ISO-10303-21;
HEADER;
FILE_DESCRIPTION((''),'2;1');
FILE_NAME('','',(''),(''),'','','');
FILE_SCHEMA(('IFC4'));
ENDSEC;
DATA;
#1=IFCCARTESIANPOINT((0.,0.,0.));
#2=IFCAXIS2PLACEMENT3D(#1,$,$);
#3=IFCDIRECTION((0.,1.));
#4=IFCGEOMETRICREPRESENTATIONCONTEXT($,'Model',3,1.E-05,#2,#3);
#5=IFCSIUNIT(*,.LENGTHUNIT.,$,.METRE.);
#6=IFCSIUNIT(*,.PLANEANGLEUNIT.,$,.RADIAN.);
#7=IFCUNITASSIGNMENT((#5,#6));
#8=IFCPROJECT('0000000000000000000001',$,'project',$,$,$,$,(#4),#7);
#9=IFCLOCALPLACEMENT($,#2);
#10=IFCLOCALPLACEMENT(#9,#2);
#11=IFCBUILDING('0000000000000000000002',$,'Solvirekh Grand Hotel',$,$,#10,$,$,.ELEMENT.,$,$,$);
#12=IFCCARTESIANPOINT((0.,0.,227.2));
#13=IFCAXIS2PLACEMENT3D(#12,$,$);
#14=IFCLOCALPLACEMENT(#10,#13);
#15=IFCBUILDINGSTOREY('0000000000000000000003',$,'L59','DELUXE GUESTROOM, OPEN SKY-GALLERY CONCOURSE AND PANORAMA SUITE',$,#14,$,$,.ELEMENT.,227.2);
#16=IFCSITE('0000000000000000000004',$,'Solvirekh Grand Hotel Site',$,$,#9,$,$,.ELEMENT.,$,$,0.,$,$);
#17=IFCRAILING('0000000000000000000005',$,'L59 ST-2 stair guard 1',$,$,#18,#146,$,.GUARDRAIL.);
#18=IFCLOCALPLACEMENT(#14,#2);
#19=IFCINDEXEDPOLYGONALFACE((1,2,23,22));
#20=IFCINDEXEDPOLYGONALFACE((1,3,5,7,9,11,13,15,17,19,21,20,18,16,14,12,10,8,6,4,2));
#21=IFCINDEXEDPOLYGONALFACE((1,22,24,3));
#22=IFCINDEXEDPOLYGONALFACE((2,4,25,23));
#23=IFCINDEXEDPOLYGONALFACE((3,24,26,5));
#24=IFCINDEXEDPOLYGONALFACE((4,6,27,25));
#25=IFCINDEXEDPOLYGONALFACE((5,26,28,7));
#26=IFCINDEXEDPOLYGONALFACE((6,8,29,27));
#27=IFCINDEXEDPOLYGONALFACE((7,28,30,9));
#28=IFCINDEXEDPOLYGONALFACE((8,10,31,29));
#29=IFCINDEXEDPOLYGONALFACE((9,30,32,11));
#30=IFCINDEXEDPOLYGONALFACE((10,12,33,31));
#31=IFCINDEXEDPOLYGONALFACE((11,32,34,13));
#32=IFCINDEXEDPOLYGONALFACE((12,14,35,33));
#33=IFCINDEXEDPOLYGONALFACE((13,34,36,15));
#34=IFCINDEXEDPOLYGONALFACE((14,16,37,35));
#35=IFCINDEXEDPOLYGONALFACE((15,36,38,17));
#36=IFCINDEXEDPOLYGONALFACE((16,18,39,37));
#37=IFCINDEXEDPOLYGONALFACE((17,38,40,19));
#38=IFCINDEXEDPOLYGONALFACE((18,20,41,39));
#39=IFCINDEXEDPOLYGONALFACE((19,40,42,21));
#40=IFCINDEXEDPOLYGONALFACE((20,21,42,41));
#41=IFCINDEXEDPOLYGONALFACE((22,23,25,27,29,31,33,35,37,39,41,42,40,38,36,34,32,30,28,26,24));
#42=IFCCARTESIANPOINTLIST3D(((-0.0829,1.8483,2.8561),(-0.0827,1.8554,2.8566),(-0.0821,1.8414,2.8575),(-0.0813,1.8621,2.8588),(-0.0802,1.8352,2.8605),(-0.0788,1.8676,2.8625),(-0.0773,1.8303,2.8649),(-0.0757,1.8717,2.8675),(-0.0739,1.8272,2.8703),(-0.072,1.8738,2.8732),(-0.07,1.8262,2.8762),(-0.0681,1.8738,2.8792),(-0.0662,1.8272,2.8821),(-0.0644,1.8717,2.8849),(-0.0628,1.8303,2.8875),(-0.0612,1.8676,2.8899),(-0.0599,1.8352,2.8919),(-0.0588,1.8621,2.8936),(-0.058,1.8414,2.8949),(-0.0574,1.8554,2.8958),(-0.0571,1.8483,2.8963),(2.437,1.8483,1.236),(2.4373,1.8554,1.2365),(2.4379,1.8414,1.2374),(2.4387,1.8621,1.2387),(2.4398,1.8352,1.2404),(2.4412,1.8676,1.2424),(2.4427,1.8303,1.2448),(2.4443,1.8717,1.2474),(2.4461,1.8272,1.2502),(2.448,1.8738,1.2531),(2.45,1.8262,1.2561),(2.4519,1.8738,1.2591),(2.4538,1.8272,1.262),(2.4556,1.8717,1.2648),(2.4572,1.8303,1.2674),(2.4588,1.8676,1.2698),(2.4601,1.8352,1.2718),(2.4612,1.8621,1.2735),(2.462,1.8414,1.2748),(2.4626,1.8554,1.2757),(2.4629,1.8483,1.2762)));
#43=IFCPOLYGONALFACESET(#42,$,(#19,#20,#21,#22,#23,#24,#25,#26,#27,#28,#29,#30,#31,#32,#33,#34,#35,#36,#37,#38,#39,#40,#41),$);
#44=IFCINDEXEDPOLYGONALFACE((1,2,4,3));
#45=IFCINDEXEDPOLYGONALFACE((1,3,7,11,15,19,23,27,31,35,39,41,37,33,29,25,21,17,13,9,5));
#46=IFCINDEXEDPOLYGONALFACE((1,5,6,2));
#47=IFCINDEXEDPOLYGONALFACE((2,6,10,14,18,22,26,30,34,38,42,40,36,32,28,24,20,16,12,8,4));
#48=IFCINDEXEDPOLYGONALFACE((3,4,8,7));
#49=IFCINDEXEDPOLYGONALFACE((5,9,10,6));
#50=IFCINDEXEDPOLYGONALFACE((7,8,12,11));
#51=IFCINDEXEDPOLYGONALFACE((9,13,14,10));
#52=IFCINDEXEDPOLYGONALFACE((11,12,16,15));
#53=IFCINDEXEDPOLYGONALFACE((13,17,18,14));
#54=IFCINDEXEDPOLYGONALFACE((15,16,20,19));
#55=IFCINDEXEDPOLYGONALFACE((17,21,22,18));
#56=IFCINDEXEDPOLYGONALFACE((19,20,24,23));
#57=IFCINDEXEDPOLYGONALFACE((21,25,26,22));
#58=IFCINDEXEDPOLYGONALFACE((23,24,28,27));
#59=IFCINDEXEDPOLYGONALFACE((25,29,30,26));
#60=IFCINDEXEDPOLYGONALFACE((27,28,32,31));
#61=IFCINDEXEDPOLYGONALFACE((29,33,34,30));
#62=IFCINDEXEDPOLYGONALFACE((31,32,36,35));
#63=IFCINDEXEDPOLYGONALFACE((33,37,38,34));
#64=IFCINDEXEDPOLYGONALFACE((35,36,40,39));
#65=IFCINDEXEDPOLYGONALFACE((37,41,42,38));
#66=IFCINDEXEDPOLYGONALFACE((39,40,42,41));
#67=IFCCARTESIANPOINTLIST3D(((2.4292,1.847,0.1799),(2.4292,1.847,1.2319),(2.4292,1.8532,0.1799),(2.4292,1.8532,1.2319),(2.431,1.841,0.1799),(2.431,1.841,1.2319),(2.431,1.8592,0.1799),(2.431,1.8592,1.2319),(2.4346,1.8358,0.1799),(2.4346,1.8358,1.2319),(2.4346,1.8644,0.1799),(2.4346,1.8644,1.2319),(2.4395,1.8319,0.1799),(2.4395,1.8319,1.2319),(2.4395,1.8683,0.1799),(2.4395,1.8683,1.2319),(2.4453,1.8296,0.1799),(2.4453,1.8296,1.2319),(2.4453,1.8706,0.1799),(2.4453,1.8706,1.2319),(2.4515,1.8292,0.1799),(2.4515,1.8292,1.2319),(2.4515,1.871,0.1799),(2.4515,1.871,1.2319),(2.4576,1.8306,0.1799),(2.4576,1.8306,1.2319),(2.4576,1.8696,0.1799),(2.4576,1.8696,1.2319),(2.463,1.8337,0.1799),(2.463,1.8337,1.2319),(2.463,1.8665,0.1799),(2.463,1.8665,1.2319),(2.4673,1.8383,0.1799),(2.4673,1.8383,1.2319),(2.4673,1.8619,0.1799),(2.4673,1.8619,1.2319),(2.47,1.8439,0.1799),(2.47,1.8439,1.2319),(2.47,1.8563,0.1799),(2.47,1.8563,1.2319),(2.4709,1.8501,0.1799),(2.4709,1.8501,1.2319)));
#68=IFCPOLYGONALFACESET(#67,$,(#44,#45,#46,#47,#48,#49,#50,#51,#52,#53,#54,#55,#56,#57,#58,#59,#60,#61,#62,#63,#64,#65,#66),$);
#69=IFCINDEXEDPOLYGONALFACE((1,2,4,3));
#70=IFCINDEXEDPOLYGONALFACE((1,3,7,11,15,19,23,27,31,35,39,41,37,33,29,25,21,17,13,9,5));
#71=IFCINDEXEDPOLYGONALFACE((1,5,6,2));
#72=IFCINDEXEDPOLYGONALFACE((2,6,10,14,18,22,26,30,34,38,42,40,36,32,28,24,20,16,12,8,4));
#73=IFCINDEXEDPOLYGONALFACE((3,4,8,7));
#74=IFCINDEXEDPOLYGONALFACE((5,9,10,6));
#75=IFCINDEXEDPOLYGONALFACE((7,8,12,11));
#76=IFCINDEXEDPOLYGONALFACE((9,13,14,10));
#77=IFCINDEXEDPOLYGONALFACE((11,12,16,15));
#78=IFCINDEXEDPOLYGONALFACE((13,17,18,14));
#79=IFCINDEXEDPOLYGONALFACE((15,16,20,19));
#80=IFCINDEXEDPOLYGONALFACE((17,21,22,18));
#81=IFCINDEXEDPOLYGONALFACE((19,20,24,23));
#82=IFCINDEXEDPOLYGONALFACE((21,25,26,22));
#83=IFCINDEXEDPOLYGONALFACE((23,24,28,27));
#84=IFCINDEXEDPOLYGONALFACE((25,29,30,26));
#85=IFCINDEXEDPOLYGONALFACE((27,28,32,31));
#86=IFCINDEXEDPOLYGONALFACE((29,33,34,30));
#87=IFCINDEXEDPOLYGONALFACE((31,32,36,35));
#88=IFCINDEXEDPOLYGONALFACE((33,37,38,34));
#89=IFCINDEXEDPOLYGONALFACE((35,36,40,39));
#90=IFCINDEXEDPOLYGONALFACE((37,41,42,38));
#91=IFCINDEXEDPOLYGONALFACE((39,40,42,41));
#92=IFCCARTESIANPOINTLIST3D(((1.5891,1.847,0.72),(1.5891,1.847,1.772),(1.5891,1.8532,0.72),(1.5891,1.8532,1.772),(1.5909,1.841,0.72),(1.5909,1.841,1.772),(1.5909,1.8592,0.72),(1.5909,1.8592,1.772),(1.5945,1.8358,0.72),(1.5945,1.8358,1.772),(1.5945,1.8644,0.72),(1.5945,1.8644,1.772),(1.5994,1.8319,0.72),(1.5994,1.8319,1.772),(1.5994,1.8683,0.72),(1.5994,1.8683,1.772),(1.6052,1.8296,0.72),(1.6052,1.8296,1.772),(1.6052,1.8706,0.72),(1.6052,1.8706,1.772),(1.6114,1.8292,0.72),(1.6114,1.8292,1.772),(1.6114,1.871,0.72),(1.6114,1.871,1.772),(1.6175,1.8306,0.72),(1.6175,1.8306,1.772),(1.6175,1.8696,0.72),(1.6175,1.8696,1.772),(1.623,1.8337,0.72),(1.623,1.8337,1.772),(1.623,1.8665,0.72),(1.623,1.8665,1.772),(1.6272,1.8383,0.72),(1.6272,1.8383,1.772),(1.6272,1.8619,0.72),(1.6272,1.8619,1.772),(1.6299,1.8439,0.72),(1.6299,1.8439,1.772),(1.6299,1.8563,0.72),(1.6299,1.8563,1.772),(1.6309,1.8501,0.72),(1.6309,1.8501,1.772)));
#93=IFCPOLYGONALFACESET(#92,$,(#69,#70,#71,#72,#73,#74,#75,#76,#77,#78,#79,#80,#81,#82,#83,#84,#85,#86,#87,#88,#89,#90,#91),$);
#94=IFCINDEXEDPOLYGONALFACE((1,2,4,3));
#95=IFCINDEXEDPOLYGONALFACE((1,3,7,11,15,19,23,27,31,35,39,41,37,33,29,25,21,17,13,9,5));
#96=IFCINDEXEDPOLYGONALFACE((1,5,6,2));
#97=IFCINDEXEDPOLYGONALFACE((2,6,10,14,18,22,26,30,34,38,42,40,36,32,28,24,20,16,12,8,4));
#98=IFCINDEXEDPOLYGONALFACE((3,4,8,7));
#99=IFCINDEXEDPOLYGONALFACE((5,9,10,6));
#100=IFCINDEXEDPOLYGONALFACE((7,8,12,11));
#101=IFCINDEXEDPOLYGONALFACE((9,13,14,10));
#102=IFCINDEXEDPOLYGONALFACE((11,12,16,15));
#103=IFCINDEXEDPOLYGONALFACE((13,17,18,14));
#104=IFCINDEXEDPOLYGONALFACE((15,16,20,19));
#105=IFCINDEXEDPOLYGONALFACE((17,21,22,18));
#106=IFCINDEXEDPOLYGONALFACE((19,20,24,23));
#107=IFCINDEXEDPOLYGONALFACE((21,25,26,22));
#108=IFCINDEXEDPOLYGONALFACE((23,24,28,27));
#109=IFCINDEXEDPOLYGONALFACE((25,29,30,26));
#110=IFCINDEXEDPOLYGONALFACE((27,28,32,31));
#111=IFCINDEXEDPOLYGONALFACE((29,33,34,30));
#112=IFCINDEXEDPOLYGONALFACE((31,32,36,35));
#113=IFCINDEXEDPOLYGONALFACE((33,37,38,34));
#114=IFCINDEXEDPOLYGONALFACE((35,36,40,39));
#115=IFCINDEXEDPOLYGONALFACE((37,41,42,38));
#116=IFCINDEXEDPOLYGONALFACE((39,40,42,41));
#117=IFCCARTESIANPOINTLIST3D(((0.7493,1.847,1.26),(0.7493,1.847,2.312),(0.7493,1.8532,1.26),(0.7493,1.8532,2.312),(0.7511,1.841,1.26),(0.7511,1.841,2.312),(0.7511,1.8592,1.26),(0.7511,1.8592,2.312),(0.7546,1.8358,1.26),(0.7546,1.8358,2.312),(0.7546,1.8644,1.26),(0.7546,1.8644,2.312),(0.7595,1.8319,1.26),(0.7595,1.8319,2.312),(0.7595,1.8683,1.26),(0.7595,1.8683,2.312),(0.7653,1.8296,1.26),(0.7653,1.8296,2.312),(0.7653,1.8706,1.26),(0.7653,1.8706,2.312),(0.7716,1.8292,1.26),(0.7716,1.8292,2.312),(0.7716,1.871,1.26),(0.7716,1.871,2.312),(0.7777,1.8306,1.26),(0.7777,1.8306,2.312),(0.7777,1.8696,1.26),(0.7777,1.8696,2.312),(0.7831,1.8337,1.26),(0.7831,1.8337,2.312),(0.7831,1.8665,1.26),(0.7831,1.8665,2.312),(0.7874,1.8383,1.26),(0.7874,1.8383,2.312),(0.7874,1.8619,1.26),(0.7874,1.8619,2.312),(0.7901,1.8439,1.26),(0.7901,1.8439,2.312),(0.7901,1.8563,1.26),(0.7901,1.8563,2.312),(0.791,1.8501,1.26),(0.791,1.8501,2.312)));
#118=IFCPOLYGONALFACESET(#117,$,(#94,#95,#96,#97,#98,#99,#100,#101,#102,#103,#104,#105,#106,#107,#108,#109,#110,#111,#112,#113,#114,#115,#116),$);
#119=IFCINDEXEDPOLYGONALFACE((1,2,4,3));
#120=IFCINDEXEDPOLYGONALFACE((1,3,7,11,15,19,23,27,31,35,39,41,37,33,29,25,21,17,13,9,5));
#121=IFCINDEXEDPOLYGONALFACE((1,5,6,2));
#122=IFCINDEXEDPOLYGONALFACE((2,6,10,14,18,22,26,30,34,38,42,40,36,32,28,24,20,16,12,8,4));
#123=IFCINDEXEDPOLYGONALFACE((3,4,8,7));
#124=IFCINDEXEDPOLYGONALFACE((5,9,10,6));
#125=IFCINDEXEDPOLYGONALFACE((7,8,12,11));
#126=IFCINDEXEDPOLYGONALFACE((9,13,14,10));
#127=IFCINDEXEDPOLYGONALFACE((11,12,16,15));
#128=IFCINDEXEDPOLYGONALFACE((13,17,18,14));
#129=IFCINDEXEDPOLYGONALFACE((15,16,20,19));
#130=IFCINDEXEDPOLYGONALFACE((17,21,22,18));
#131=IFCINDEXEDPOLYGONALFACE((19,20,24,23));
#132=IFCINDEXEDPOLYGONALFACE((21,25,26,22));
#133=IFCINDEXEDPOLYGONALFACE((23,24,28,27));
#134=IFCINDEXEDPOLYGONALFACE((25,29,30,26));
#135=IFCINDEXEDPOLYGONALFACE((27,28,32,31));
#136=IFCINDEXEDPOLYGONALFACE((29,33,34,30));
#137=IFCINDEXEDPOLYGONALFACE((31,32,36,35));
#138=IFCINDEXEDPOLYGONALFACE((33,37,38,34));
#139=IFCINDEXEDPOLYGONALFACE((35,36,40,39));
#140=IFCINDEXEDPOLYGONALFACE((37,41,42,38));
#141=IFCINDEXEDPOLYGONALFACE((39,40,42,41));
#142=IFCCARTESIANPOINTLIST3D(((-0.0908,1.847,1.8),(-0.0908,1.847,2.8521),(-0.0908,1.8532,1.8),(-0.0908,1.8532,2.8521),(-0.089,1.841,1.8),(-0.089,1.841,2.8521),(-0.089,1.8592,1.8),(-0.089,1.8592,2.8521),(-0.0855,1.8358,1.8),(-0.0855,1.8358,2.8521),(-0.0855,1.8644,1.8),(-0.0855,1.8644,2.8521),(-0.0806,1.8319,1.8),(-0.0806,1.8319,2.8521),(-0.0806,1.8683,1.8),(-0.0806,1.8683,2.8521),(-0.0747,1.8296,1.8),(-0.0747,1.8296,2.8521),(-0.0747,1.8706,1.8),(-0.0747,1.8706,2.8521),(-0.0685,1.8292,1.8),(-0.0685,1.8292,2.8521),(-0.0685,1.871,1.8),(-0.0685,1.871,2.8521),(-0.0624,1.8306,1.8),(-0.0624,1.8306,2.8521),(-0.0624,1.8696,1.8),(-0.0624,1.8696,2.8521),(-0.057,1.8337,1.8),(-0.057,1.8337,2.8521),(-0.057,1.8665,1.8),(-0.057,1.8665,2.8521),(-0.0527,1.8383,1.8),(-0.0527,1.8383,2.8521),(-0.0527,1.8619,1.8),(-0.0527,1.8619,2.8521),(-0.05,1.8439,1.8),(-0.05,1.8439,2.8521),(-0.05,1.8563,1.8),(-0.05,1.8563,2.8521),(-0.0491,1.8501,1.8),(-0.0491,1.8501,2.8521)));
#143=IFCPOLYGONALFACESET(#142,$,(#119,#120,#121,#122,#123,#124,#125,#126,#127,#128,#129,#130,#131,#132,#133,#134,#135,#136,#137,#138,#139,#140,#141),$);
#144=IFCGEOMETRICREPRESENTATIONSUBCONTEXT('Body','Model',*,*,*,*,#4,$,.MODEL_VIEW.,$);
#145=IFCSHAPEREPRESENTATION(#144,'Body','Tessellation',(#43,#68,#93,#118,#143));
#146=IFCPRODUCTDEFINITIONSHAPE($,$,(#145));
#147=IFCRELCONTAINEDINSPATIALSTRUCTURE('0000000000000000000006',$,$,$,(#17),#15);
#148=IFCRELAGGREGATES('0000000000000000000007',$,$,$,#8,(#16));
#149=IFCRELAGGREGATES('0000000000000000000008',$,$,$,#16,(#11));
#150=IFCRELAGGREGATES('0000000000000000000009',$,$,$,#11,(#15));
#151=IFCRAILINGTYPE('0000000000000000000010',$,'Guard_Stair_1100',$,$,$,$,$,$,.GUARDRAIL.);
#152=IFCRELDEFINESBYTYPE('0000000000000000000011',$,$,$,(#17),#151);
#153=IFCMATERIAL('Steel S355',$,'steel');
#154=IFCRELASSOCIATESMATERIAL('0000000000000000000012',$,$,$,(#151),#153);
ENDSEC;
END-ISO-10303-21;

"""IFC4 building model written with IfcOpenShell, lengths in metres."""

from ifc_helpers import new_model, si_unit, direction, frame, origin, origin_2d, place, context, subcontext, project, spatial, circle, extrude, material, type_object, element, save


model = new_model("IFC4")

# Units and contexts
model_context = context("Model", 3, precision=1e-05, world=origin(), true_north=direction((0.0, 1.0)))
body_context = subcontext(model_context, "Body", "Model", "MODEL_VIEW")
ifc_project = project(units=[si_unit("LENGTHUNIT", "METRE"), si_unit("PLANEANGLEUNIT", "RADIAN")], contexts=[model_context])

# Site, building, storey
site_placement = place(None, origin())
site = spatial("IfcSite", under=ifc_project, at=site_placement, Name="Solvirekh Grand Hotel Site", CompositionType="ELEMENT", RefElevation=0.0)
building_placement = place(site_placement, origin())
building = spatial("IfcBuilding", under=site, at=building_placement, Name="Solvirekh Grand Hotel", CompositionType="ELEMENT")
storey_placement = place(building_placement, frame((0.0, 0.0, 227.2)))
storey = spatial("IfcBuildingStorey", under=building, at=storey_placement, Name="L59", Description="DELUXE GUESTROOM, OPEN SKY-GALLERY CONCOURSE AND PANORAMA SUITE", CompositionType="ELEMENT", Elevation=227.2)

# Railing
ifc_material_1 = material(Name="Steel S355", Category="steel")
railing_type = type_object("IfcRailingType", Name="Guard_Stair_1100", PredefinedType="GUARDRAIL", material=ifc_material_1)
railing_1_placement = place(storey_placement, frame((2.45, 1.8501, 0.1799)))
element("IfcRailing", 1, at=railing_1_placement, inside=storey, type_object=railing_type, Name="L59 ST-2 stair guard 1", PredefinedType="GUARDRAIL", context=body_context, shape_type="SweptSolid", body=[
    extrude(circle(Radius=0.0239, at=origin_2d()), frame((0.0, 0.0, 1.0762), z_axis=(-0.841163, 0.0, 0.540782), x_axis=(0.0, -1.0, 0.0)), (0.0, 0.0, 1.0), 2.9958),
    extrude(circle(Radius=0.021, at=origin_2d()), origin(), (0.0, 0.0, 1.0), 1.052),
    extrude(circle(Radius=0.021, at=origin_2d()), frame((-0.8401, 0.0, 0.54)), (0.0, 0.0, 1.0), 1.052),
    extrude(circle(Radius=0.021, at=origin_2d()), frame((-1.6799, 0.0, 1.0801)), (0.0, 0.0, 1.0), 1.052),
    extrude(circle(Radius=0.021, at=origin_2d()), frame((-2.52, 0.0, 1.6201)), (0.0, 0.0, 1.0), 1.052),
])

save(model, "model.ifc")
